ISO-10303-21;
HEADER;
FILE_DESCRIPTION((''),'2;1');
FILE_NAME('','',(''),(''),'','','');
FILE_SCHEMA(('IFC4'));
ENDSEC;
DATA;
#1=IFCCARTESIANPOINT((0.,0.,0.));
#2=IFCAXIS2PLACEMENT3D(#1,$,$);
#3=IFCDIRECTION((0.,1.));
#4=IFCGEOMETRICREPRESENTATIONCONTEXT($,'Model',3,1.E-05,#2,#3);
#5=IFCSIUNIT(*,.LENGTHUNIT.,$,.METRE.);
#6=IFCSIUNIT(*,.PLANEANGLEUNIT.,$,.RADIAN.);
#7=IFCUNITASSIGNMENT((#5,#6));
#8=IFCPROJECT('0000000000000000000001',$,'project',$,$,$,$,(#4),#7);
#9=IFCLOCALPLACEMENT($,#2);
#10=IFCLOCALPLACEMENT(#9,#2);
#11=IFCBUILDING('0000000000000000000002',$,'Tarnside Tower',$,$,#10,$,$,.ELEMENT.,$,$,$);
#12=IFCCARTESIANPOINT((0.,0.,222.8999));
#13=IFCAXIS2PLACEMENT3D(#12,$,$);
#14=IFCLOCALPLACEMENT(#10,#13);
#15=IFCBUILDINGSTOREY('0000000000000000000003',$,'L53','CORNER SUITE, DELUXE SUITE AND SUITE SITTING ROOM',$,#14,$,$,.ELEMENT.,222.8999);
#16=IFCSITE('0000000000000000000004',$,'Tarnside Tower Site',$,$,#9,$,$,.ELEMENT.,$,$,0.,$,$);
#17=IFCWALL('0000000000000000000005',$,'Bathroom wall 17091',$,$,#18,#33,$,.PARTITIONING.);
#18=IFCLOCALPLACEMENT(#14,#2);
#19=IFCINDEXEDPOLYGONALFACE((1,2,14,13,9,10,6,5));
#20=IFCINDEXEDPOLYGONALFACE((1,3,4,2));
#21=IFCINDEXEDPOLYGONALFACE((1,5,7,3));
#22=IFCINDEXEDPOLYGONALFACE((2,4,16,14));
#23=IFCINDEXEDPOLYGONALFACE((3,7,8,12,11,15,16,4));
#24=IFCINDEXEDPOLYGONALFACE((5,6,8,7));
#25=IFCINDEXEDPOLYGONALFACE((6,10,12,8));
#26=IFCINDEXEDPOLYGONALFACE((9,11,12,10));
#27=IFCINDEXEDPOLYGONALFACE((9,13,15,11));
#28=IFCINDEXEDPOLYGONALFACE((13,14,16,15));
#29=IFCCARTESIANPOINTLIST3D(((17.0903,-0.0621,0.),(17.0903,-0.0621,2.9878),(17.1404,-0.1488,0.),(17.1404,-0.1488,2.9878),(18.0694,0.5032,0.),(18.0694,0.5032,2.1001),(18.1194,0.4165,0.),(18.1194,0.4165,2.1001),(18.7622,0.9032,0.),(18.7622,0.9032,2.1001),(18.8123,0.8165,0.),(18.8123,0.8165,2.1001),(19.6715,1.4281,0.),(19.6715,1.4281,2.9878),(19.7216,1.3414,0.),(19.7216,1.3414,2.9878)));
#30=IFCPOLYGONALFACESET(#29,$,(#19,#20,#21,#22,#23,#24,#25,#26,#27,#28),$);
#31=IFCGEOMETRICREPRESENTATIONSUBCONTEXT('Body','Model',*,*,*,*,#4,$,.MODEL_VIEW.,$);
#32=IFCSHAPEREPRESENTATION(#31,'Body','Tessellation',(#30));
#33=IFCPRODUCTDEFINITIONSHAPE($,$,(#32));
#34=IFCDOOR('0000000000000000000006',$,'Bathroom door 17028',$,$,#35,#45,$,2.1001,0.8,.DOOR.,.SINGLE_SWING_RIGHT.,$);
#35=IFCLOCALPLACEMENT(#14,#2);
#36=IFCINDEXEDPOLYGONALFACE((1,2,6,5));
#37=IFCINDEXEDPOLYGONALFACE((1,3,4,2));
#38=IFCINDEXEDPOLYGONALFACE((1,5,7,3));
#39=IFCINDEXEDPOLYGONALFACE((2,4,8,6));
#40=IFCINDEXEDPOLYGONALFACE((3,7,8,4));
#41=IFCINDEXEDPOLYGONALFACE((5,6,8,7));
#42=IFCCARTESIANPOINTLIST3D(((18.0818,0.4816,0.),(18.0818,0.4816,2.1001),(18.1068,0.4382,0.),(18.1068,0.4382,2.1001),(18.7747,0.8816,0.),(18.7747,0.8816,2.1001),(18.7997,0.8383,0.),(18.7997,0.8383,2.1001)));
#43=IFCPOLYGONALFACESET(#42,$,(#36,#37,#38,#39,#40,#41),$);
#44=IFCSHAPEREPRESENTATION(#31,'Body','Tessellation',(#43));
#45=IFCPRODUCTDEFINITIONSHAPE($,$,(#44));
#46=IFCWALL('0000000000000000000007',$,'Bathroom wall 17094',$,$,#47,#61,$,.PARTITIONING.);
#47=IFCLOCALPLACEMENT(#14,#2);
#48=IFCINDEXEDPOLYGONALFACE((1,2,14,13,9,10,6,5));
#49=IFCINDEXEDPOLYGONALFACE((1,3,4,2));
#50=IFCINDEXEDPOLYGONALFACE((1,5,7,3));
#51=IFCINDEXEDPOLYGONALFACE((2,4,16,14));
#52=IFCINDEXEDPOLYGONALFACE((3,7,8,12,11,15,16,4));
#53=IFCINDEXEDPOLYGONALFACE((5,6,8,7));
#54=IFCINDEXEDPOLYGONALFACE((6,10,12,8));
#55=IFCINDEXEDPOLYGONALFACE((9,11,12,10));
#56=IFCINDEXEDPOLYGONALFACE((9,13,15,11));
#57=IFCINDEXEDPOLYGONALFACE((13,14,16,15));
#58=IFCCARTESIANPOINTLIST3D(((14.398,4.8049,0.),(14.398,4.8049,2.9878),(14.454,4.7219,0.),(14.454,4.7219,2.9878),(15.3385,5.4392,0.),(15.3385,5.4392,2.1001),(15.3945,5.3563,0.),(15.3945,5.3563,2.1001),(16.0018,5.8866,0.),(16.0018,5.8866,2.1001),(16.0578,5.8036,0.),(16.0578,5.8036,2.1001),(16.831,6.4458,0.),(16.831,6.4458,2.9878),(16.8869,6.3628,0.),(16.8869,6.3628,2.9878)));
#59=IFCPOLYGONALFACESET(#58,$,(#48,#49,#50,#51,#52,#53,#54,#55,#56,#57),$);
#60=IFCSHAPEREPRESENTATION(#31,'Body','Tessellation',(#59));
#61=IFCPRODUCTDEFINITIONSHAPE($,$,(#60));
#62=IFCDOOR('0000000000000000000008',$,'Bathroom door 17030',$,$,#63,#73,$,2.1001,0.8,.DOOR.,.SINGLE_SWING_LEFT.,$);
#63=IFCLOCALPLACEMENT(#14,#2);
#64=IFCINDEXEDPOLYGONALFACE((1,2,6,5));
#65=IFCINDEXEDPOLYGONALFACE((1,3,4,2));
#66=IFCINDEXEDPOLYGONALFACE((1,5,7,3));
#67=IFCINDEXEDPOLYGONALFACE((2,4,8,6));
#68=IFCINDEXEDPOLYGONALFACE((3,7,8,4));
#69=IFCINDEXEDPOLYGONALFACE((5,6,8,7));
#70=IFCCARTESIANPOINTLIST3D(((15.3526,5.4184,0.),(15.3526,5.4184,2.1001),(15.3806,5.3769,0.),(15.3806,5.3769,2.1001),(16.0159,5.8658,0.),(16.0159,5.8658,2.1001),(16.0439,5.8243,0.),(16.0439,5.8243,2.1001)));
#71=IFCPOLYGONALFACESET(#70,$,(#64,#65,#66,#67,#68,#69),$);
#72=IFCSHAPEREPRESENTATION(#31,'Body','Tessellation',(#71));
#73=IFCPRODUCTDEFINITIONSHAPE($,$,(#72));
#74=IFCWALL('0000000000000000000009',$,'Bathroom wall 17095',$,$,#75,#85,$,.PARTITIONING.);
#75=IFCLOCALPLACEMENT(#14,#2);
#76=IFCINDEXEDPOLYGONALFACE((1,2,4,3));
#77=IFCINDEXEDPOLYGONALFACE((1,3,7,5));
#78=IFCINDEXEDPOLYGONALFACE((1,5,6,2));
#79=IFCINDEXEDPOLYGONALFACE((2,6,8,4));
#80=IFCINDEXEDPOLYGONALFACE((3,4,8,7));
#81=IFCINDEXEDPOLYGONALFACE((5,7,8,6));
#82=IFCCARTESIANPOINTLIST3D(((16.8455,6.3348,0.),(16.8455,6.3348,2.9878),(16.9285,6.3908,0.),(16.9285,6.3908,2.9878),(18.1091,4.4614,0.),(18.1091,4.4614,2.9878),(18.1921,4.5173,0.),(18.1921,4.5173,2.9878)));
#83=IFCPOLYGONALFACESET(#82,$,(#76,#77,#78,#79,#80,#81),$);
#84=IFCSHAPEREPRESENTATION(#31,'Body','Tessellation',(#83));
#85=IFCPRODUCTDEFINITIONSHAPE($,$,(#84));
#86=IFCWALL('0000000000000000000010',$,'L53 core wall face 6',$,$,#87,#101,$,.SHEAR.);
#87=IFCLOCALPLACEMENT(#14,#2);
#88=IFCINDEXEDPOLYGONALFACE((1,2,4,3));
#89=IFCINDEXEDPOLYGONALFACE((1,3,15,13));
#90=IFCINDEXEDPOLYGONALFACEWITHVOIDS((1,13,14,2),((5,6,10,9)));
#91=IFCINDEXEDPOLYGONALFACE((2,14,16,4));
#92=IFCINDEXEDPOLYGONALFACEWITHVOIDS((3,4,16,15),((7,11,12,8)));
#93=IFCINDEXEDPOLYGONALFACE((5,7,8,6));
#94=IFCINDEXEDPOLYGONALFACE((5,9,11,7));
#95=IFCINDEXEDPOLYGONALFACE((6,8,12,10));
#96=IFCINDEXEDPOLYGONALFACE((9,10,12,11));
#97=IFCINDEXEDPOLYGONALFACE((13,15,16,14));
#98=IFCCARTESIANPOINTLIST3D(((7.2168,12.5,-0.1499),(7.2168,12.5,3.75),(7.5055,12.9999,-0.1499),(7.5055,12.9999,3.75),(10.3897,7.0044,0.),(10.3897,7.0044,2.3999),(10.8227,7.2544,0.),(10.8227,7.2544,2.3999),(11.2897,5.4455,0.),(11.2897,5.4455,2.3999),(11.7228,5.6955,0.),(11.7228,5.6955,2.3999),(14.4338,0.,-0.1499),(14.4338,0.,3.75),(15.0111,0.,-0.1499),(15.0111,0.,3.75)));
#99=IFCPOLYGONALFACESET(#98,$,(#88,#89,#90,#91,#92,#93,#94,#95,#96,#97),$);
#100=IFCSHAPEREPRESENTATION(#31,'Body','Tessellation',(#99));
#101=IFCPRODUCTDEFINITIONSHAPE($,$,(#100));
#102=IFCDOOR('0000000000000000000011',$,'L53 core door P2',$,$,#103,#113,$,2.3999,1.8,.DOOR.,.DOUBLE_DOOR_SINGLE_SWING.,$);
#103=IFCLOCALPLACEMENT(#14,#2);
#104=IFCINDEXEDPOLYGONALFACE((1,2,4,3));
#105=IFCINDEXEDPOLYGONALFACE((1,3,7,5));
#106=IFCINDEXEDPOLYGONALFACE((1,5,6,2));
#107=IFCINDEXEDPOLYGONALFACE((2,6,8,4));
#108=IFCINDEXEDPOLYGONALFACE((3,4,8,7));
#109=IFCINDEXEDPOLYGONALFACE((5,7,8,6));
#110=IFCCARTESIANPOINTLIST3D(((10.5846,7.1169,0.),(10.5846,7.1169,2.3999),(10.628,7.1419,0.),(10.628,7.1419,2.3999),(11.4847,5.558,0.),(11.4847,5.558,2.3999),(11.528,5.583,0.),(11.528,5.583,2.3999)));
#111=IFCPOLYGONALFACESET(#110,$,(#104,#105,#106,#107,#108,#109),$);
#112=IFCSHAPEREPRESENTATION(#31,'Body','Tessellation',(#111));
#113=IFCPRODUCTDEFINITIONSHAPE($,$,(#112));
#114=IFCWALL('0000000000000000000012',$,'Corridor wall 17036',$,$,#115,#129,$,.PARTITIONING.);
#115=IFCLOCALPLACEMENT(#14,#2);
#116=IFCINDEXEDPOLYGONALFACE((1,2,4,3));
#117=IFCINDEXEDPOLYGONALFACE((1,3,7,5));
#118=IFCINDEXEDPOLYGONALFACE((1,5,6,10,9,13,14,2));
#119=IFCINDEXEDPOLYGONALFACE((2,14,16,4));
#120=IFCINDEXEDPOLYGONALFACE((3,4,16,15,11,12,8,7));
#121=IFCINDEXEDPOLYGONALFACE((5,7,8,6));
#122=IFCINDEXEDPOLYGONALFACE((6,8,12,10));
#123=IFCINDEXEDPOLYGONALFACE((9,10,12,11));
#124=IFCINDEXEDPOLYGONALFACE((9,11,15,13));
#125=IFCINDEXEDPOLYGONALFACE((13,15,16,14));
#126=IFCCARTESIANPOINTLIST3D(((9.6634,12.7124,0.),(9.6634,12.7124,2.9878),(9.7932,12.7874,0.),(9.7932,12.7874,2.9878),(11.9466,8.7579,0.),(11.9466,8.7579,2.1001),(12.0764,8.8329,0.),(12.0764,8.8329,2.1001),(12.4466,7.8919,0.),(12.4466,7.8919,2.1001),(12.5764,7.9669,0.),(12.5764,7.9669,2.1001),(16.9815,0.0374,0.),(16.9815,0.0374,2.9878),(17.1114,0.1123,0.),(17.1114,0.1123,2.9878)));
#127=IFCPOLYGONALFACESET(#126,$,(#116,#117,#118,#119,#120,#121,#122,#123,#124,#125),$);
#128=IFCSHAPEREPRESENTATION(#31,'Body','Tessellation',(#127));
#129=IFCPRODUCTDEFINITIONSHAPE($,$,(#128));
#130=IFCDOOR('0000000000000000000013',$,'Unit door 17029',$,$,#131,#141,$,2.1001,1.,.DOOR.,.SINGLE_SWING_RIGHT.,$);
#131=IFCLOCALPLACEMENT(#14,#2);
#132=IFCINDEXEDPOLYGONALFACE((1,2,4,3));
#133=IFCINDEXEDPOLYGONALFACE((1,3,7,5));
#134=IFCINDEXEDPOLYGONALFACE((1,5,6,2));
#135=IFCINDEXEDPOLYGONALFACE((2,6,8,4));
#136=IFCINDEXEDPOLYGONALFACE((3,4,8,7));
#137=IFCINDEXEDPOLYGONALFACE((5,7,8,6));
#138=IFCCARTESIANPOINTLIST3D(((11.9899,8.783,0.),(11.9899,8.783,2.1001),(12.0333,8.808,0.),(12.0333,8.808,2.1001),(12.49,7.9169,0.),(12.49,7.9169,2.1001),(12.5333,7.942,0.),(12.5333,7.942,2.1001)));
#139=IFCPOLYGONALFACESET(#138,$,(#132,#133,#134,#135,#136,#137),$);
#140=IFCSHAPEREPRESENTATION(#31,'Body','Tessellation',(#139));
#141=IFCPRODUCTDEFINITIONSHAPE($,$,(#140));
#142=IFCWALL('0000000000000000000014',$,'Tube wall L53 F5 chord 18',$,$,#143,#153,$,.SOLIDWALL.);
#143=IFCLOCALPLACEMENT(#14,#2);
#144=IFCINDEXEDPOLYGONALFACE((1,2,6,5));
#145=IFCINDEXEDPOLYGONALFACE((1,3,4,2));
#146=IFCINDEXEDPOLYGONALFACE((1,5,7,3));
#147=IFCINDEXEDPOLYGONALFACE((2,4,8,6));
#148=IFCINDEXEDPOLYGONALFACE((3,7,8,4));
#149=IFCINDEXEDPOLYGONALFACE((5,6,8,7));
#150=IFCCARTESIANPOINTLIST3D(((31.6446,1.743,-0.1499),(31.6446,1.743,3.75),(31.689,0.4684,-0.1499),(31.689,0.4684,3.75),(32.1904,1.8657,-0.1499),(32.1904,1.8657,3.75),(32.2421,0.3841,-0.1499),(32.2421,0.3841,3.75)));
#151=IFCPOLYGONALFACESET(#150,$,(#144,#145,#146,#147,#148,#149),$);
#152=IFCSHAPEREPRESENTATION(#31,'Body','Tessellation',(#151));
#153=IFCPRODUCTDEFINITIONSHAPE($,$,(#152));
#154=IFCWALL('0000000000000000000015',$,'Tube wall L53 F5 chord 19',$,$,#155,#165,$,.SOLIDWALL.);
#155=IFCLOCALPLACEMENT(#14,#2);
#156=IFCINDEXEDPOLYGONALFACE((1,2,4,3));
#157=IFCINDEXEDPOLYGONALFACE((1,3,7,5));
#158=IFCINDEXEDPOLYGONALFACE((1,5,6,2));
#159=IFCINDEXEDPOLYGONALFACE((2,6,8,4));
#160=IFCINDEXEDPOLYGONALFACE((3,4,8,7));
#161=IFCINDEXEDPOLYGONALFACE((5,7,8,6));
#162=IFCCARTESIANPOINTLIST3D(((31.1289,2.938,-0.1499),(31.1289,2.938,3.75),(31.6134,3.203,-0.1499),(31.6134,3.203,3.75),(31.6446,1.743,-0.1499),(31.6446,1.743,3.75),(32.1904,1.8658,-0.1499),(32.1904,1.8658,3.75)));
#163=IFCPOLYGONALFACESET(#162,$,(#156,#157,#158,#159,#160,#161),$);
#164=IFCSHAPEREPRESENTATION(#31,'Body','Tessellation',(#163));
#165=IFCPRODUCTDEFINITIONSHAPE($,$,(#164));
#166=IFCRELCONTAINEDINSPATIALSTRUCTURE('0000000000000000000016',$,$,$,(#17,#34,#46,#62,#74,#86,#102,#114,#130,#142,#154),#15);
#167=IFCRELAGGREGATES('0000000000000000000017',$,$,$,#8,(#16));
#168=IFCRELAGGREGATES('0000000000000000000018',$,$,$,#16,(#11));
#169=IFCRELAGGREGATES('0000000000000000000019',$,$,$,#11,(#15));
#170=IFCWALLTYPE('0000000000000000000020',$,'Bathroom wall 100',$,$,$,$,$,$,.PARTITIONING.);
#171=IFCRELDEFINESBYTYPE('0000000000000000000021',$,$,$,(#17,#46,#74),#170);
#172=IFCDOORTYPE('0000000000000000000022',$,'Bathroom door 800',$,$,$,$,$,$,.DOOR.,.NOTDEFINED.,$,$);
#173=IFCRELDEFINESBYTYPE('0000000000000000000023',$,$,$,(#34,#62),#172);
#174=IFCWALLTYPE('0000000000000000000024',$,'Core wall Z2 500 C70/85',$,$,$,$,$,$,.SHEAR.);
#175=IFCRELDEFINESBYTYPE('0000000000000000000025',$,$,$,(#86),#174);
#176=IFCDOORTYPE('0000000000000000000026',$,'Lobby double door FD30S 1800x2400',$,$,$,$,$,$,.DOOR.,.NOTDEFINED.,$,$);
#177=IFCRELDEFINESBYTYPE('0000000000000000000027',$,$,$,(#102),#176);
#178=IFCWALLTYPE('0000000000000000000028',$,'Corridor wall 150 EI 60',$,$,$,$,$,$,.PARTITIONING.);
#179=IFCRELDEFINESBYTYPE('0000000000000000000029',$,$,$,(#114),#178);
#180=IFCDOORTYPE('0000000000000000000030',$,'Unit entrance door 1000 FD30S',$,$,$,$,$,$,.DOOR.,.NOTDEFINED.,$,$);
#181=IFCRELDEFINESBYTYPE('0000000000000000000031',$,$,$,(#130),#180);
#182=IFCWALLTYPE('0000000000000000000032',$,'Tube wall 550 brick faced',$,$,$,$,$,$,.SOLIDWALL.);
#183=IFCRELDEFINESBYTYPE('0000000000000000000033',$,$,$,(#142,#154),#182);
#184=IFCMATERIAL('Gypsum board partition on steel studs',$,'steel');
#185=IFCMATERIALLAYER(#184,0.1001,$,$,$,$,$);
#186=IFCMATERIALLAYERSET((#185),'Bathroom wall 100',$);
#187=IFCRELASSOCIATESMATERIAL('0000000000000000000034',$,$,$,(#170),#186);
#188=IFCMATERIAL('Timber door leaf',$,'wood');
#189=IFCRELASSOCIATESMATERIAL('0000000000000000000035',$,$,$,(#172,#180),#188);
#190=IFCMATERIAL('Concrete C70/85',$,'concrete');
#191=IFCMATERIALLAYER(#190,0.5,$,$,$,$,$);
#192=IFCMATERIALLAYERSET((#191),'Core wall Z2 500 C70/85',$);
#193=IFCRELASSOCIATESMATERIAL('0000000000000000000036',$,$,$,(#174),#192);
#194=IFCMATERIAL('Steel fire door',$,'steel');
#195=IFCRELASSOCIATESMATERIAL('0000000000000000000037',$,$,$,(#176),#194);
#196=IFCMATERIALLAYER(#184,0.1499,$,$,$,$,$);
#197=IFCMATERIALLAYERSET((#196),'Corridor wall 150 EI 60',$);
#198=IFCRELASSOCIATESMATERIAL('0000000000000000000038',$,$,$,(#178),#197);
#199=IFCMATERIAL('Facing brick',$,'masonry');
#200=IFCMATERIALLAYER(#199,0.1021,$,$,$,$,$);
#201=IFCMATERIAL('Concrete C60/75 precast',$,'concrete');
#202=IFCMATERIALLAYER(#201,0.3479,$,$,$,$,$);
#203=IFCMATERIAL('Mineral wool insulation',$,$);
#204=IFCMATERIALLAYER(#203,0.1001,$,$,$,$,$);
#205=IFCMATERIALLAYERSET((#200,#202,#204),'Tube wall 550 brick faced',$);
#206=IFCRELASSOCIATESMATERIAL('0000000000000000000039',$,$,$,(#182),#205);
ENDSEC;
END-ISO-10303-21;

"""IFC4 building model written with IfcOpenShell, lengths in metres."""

from ifc_helpers import new_model, si_unit, direction, frame, frame_2d, origin, place, context, subcontext, project, spatial, polyline, rectangle, outline, extrude, material, layer, layer_set, type_object, element, fill, save


model = new_model("IFC4")

# Units and contexts
model_context = context("Model", 3, precision=1e-05, world=origin(), true_north=direction((0.0, 1.0)))
body_context = subcontext(model_context, "Body", "Model", "MODEL_VIEW")
ifc_project = project(units=[si_unit("LENGTHUNIT", "METRE"), si_unit("PLANEANGLEUNIT", "RADIAN")], contexts=[model_context])

# Site, building, storey
site_placement = place(None, origin())
site = spatial("IfcSite", under=ifc_project, at=site_placement, Name="Tarnside Tower Site", CompositionType="ELEMENT", RefElevation=0.0)
building_placement = place(site_placement, origin())
building = spatial("IfcBuilding", under=site, at=building_placement, Name="Tarnside Tower", CompositionType="ELEMENT")
storey_placement = place(building_placement, frame((0.0, 0.0, 222.8999)))
storey = spatial("IfcBuildingStorey", under=building, at=storey_placement, Name="L53", Description="CORNER SUITE, DELUXE SUITE AND SUITE SITTING ROOM", CompositionType="ELEMENT", Elevation=222.8999)

# Shared definitions
ifc_material_1 = material(Name="Gypsum board partition on steel studs", Category="steel")
ifc_layer_1 = layer(ifc_material_1, 0.1001)
ifc_layer_set_1 = layer_set([ifc_layer_1], Name="Bathroom wall 100")
wall_type_1 = type_object("IfcWallType", Name="Bathroom wall 100", PredefinedType="PARTITIONING", material=ifc_layer_set_1)

# Walls, openings, doors
wall_1_placement = place(storey_placement, frame((19.6965, 1.3848, 0.0), z_axis=(0.0, 0.0, 1.0), x_axis=(-0.866037, -0.49998, 0.0)))
wall_1 = element("IfcWall", 1, at=wall_1_placement, inside=storey, type_object=wall_type_1, Name="Bathroom wall 17091", PredefinedType="PARTITIONING", context=body_context, shape_type="SweptSolid", body=[
    extrude(rectangle(XDim=2.9805, YDim=0.1001, at=frame_2d((1.4902, 0.0))), origin(), (0.0, 0.0, 1.0), 2.9878),
])
opening_1_placement = place(wall_1_placement, frame((1.05, 0.0, 0.0)))
opening_1 = element("IfcOpeningElement", 2, at=opening_1_placement, cuts=wall_1, PredefinedType="OPENING", context=body_context, shape_type="SweptSolid", body=[
    extrude(rectangle(XDim=0.8, YDim=2.1001, at=frame_2d((0.3999, 1.05))), frame((0.0, 0.0601, 0.0), z_axis=(0.0, -1.0, 0.0), x_axis=(1.0, 0.0, 0.0)), (0.0, 0.0, 1.0), 0.1201),
])
ifc_material_2 = material(Name="Timber door leaf", Category="wood")
door_type_1 = type_object("IfcDoorType", Name="Bathroom door 800", OperationType="NOTDEFINED", PredefinedType="DOOR", material=ifc_material_2)
door_1_placement = place(opening_1_placement, origin())
door_1 = element("IfcDoor", 3, at=door_1_placement, inside=storey, type_object=door_type_1, Name="Bathroom door 17028", OperationType="SINGLE_SWING_RIGHT", OverallHeight=2.1001, OverallWidth=0.8, PredefinedType="DOOR", context=body_context, shape_type="SweptSolid", body=[
    extrude(rectangle(XDim=0.8, YDim=2.1001, at=frame_2d((0.3999, 1.05))), frame((0.0, 0.0249, 0.0), z_axis=(0.0, -1.0, 0.0), x_axis=(1.0, 0.0, 0.0)), (0.0, 0.0, 1.0), 0.05),
])
fill(opening_1, door_1)
wall_2_placement = place(storey_placement, frame((14.426, 4.7634, 0.0), z_axis=(0.0, 0.0, 1.0), x_axis=(0.829056, 0.559166, 0.0)))
wall_2 = element("IfcWall", 4, at=wall_2_placement, inside=storey, type_object=wall_type_1, Name="Bathroom wall 17094", PredefinedType="PARTITIONING", context=body_context, shape_type="SweptSolid", body=[
    extrude(rectangle(XDim=2.9346, YDim=0.1001, at=frame_2d((1.4673, 0.0))), origin(), (0.0, 0.0, 1.0), 2.9878),
])
opening_2_placement = place(wall_2_placement, frame((1.1345, 0.0, 0.0)))
opening_2 = element("IfcOpeningElement", 5, at=opening_2_placement, cuts=wall_2, PredefinedType="OPENING", context=body_context, shape_type="SweptSolid", body=[
    extrude(rectangle(XDim=0.8, YDim=2.1001, at=frame_2d((0.3999, 1.05))), frame((0.0, 0.0601, 0.0), z_axis=(0.0, -1.0, 0.0), x_axis=(1.0, 0.0, 0.0)), (0.0, 0.0, 1.0), 0.1201),
])
door_2_placement = place(opening_2_placement, origin())
door_2 = element("IfcDoor", 6, at=door_2_placement, inside=storey, type_object=door_type_1, Name="Bathroom door 17030", OperationType="SINGLE_SWING_LEFT", OverallHeight=2.1001, OverallWidth=0.8, PredefinedType="DOOR", context=body_context, shape_type="SweptSolid", body=[
    extrude(rectangle(XDim=0.8, YDim=2.1001, at=frame_2d((0.3999, 1.05))), frame((0.0, 0.0249, 0.0), z_axis=(0.0, -1.0, 0.0), x_axis=(1.0, 0.0, 0.0)), (0.0, 0.0, 1.0), 0.05),
])
fill(opening_2, door_2)

# Wall
wall_3_placement = place(storey_placement, frame((16.887, 6.3628, 0.0), z_axis=(0.0, 0.0, 1.0), x_axis=(0.55918, -0.829047, 0.0)))
element("IfcWall", 7, at=wall_3_placement, inside=storey, type_object=wall_type_1, Name="Bathroom wall 17095", PredefinedType="PARTITIONING", context=body_context, shape_type="SweptSolid", body=[
    extrude(rectangle(XDim=2.2598, YDim=0.1001, at=frame_2d((1.1299, 0.0))), origin(), (0.0, 0.0, 1.0), 2.9878),
])

# Walls, openings, doors
ifc_material_3 = material(Name="Concrete C70/85", Category="concrete")
ifc_layer_2 = layer(ifc_material_3, 0.5)
ifc_layer_set_2 = layer_set([ifc_layer_2], Name="Core wall Z2 500 C70/85")
wall_type_2 = type_object("IfcWallType", Name="Core wall Z2 500 C70/85", PredefinedType="SHEAR", material=ifc_layer_set_2)
wall_4_placement = place(storey_placement, frame((14.7224, 0.0, -0.1499), z_axis=(0.0, 0.0, 1.0), x_axis=(-0.500006, 0.866022, 0.0)))
wall_4 = element("IfcWall", 8, at=wall_4_placement, inside=storey, type_object=wall_type_2, Name="L53 core wall face 6", PredefinedType="SHEAR", context=body_context, shape_type="SweptSolid", body=[
    extrude(outline(polyline([(-0.1443, -0.25), (14.8667, -0.25), (14.5781, 0.25), (0.1443, 0.25), (-0.1443, -0.25)])), origin(), (0.0, 0.0, 1.0), 3.8999),
])
opening_3_placement = place(wall_4_placement, frame((6.4324, 0.0, 0.1499)))
opening_3 = element("IfcOpeningElement", 9, at=opening_3_placement, cuts=wall_4, PredefinedType="OPENING", context=body_context, shape_type="SweptSolid", body=[
    extrude(rectangle(XDim=1.8, YDim=2.3999, at=frame_2d((0.8999, 1.2))), frame((0.0, 0.26, 0.0), z_axis=(0.0, -1.0, 0.0), x_axis=(1.0, 0.0, 0.0)), (0.0, 0.0, 1.0), 0.52),
])
ifc_material_4 = material(Name="Steel fire door", Category="steel")
door_type_2 = type_object("IfcDoorType", Name="Lobby double door FD30S 1800x2400", OperationType="NOTDEFINED", PredefinedType="DOOR", material=ifc_material_4)
door_3_placement = place(opening_3_placement, origin())
door_3 = element("IfcDoor", 10, at=door_3_placement, inside=storey, type_object=door_type_2, Name="L53 core door P2", OperationType="DOUBLE_DOOR_SINGLE_SWING", OverallHeight=2.3999, OverallWidth=1.8, PredefinedType="DOOR", context=body_context, shape_type="SweptSolid", body=[
    extrude(rectangle(XDim=1.8, YDim=2.3999, at=frame_2d((0.8999, 1.2))), frame((0.0, 0.0249, 0.0), z_axis=(0.0, -1.0, 0.0), x_axis=(1.0, 0.0, 0.0)), (0.0, 0.0, 1.0), 0.05),
])
fill(opening_3, door_3)
ifc_layer_3 = layer(ifc_material_1, 0.1499)
ifc_layer_set_3 = layer_set([ifc_layer_3], Name="Corridor wall 150 EI 60")
wall_type_3 = type_object("IfcWallType", Name="Corridor wall 150 EI 60", PredefinedType="PARTITIONING", material=ifc_layer_set_3)
wall_5_placement = place(storey_placement, frame((17.0464, 0.075, 0.0), z_axis=(0.0, 0.0, 1.0), x_axis=(-0.500009, 0.86602, 0.0)))
wall_5 = element("IfcWall", 11, at=wall_5_placement, inside=storey, type_object=wall_type_3, Name="Corridor wall 17036", PredefinedType="PARTITIONING", context=body_context, shape_type="SweptSolid", body=[
    extrude(rectangle(XDim=14.636, YDim=0.1499, at=frame_2d((7.3179, 0.0))), origin(), (0.0, 0.0, 1.0), 2.9878),
])
opening_4_placement = place(wall_5_placement, frame((9.0696, 0.0, 0.0)))
opening_4 = element("IfcOpeningElement", 12, at=opening_4_placement, cuts=wall_5, PredefinedType="OPENING", context=body_context, shape_type="SweptSolid", body=[
    extrude(rectangle(XDim=1.0, YDim=2.1001, at=frame_2d((0.5, 1.05))), frame((0.0, 0.085, 0.0), z_axis=(0.0, -1.0, 0.0), x_axis=(1.0, 0.0, 0.0)), (0.0, 0.0, 1.0), 0.1699),
])
door_type_3 = type_object("IfcDoorType", Name="Unit entrance door 1000 FD30S", OperationType="NOTDEFINED", PredefinedType="DOOR", material=ifc_material_2)
door_4_placement = place(opening_4_placement, origin())
door_4 = element("IfcDoor", 13, at=door_4_placement, inside=storey, type_object=door_type_3, Name="Unit door 17029", OperationType="SINGLE_SWING_RIGHT", OverallHeight=2.1001, OverallWidth=1.0, PredefinedType="DOOR", context=body_context, shape_type="SweptSolid", body=[
    extrude(rectangle(XDim=1.0, YDim=2.1001, at=frame_2d((0.5, 1.05))), frame((0.0, 0.0249, 0.0), z_axis=(0.0, -1.0, 0.0), x_axis=(1.0, 0.0, 0.0)), (0.0, 0.0, 1.0), 0.05),
])
fill(opening_4, door_4)

# Walls
ifc_material_5 = material(Name="Facing brick", Category="masonry")
ifc_layer_4 = layer(ifc_material_5, 0.1021)
ifc_material_6 = material(Name="Concrete C60/75 precast", Category="concrete")
ifc_layer_5 = layer(ifc_material_6, 0.3479)
ifc_material_7 = material(Name="Mineral wool insulation")
ifc_layer_6 = layer(ifc_material_7, 0.1001)
ifc_layer_set_4 = layer_set([ifc_layer_4, ifc_layer_5, ifc_layer_6], Name="Tube wall 550 brick faced")
wall_type_4 = type_object("IfcWallType", Name="Tube wall 550 brick faced", PredefinedType="SOLIDWALL", material=ifc_layer_set_4)
wall_6_placement = place(storey_placement, frame((31.9656, 0.4263, -0.1499), z_axis=(0.0, 0.0, 1.0), x_axis=(-0.034877, 0.999392, 0.0)))
element("IfcWall", 14, at=wall_6_placement, inside=storey, type_object=wall_type_4, Name="Tube wall L53 F5 chord 18", PredefinedType="SOLIDWALL", context=body_context, shape_type="SweptSolid", body=[
    extrude(outline(polyline([(-0.0518, -0.2749), (1.4307, -0.2749), (1.3271, 0.2749), (0.0518, 0.2749), (-0.0518, -0.2749)])), origin(), (0.0, 0.0, 1.0), 3.8999),
])
wall_7_placement = place(storey_placement, frame((31.9175, 1.8044, -0.1499), z_axis=(0.0, 0.0, 1.0), x_axis=(-0.396226, 0.918153, 0.0)))
element("IfcWall", 15, at=wall_7_placement, inside=storey, type_object=wall_type_4, Name="Tube wall L53 F5 chord 19", PredefinedType="SOLIDWALL", context=body_context, shape_type="SweptSolid", body=[
    extrude(outline(polyline([(-0.0518, -0.2749), (1.4045, -0.2749), (1.3533, 0.2749), (0.0518, 0.2749), (-0.0518, -0.2749)])), origin(), (0.0, 0.0, 1.0), 3.8999),
])

save(model, "model.ifc")
